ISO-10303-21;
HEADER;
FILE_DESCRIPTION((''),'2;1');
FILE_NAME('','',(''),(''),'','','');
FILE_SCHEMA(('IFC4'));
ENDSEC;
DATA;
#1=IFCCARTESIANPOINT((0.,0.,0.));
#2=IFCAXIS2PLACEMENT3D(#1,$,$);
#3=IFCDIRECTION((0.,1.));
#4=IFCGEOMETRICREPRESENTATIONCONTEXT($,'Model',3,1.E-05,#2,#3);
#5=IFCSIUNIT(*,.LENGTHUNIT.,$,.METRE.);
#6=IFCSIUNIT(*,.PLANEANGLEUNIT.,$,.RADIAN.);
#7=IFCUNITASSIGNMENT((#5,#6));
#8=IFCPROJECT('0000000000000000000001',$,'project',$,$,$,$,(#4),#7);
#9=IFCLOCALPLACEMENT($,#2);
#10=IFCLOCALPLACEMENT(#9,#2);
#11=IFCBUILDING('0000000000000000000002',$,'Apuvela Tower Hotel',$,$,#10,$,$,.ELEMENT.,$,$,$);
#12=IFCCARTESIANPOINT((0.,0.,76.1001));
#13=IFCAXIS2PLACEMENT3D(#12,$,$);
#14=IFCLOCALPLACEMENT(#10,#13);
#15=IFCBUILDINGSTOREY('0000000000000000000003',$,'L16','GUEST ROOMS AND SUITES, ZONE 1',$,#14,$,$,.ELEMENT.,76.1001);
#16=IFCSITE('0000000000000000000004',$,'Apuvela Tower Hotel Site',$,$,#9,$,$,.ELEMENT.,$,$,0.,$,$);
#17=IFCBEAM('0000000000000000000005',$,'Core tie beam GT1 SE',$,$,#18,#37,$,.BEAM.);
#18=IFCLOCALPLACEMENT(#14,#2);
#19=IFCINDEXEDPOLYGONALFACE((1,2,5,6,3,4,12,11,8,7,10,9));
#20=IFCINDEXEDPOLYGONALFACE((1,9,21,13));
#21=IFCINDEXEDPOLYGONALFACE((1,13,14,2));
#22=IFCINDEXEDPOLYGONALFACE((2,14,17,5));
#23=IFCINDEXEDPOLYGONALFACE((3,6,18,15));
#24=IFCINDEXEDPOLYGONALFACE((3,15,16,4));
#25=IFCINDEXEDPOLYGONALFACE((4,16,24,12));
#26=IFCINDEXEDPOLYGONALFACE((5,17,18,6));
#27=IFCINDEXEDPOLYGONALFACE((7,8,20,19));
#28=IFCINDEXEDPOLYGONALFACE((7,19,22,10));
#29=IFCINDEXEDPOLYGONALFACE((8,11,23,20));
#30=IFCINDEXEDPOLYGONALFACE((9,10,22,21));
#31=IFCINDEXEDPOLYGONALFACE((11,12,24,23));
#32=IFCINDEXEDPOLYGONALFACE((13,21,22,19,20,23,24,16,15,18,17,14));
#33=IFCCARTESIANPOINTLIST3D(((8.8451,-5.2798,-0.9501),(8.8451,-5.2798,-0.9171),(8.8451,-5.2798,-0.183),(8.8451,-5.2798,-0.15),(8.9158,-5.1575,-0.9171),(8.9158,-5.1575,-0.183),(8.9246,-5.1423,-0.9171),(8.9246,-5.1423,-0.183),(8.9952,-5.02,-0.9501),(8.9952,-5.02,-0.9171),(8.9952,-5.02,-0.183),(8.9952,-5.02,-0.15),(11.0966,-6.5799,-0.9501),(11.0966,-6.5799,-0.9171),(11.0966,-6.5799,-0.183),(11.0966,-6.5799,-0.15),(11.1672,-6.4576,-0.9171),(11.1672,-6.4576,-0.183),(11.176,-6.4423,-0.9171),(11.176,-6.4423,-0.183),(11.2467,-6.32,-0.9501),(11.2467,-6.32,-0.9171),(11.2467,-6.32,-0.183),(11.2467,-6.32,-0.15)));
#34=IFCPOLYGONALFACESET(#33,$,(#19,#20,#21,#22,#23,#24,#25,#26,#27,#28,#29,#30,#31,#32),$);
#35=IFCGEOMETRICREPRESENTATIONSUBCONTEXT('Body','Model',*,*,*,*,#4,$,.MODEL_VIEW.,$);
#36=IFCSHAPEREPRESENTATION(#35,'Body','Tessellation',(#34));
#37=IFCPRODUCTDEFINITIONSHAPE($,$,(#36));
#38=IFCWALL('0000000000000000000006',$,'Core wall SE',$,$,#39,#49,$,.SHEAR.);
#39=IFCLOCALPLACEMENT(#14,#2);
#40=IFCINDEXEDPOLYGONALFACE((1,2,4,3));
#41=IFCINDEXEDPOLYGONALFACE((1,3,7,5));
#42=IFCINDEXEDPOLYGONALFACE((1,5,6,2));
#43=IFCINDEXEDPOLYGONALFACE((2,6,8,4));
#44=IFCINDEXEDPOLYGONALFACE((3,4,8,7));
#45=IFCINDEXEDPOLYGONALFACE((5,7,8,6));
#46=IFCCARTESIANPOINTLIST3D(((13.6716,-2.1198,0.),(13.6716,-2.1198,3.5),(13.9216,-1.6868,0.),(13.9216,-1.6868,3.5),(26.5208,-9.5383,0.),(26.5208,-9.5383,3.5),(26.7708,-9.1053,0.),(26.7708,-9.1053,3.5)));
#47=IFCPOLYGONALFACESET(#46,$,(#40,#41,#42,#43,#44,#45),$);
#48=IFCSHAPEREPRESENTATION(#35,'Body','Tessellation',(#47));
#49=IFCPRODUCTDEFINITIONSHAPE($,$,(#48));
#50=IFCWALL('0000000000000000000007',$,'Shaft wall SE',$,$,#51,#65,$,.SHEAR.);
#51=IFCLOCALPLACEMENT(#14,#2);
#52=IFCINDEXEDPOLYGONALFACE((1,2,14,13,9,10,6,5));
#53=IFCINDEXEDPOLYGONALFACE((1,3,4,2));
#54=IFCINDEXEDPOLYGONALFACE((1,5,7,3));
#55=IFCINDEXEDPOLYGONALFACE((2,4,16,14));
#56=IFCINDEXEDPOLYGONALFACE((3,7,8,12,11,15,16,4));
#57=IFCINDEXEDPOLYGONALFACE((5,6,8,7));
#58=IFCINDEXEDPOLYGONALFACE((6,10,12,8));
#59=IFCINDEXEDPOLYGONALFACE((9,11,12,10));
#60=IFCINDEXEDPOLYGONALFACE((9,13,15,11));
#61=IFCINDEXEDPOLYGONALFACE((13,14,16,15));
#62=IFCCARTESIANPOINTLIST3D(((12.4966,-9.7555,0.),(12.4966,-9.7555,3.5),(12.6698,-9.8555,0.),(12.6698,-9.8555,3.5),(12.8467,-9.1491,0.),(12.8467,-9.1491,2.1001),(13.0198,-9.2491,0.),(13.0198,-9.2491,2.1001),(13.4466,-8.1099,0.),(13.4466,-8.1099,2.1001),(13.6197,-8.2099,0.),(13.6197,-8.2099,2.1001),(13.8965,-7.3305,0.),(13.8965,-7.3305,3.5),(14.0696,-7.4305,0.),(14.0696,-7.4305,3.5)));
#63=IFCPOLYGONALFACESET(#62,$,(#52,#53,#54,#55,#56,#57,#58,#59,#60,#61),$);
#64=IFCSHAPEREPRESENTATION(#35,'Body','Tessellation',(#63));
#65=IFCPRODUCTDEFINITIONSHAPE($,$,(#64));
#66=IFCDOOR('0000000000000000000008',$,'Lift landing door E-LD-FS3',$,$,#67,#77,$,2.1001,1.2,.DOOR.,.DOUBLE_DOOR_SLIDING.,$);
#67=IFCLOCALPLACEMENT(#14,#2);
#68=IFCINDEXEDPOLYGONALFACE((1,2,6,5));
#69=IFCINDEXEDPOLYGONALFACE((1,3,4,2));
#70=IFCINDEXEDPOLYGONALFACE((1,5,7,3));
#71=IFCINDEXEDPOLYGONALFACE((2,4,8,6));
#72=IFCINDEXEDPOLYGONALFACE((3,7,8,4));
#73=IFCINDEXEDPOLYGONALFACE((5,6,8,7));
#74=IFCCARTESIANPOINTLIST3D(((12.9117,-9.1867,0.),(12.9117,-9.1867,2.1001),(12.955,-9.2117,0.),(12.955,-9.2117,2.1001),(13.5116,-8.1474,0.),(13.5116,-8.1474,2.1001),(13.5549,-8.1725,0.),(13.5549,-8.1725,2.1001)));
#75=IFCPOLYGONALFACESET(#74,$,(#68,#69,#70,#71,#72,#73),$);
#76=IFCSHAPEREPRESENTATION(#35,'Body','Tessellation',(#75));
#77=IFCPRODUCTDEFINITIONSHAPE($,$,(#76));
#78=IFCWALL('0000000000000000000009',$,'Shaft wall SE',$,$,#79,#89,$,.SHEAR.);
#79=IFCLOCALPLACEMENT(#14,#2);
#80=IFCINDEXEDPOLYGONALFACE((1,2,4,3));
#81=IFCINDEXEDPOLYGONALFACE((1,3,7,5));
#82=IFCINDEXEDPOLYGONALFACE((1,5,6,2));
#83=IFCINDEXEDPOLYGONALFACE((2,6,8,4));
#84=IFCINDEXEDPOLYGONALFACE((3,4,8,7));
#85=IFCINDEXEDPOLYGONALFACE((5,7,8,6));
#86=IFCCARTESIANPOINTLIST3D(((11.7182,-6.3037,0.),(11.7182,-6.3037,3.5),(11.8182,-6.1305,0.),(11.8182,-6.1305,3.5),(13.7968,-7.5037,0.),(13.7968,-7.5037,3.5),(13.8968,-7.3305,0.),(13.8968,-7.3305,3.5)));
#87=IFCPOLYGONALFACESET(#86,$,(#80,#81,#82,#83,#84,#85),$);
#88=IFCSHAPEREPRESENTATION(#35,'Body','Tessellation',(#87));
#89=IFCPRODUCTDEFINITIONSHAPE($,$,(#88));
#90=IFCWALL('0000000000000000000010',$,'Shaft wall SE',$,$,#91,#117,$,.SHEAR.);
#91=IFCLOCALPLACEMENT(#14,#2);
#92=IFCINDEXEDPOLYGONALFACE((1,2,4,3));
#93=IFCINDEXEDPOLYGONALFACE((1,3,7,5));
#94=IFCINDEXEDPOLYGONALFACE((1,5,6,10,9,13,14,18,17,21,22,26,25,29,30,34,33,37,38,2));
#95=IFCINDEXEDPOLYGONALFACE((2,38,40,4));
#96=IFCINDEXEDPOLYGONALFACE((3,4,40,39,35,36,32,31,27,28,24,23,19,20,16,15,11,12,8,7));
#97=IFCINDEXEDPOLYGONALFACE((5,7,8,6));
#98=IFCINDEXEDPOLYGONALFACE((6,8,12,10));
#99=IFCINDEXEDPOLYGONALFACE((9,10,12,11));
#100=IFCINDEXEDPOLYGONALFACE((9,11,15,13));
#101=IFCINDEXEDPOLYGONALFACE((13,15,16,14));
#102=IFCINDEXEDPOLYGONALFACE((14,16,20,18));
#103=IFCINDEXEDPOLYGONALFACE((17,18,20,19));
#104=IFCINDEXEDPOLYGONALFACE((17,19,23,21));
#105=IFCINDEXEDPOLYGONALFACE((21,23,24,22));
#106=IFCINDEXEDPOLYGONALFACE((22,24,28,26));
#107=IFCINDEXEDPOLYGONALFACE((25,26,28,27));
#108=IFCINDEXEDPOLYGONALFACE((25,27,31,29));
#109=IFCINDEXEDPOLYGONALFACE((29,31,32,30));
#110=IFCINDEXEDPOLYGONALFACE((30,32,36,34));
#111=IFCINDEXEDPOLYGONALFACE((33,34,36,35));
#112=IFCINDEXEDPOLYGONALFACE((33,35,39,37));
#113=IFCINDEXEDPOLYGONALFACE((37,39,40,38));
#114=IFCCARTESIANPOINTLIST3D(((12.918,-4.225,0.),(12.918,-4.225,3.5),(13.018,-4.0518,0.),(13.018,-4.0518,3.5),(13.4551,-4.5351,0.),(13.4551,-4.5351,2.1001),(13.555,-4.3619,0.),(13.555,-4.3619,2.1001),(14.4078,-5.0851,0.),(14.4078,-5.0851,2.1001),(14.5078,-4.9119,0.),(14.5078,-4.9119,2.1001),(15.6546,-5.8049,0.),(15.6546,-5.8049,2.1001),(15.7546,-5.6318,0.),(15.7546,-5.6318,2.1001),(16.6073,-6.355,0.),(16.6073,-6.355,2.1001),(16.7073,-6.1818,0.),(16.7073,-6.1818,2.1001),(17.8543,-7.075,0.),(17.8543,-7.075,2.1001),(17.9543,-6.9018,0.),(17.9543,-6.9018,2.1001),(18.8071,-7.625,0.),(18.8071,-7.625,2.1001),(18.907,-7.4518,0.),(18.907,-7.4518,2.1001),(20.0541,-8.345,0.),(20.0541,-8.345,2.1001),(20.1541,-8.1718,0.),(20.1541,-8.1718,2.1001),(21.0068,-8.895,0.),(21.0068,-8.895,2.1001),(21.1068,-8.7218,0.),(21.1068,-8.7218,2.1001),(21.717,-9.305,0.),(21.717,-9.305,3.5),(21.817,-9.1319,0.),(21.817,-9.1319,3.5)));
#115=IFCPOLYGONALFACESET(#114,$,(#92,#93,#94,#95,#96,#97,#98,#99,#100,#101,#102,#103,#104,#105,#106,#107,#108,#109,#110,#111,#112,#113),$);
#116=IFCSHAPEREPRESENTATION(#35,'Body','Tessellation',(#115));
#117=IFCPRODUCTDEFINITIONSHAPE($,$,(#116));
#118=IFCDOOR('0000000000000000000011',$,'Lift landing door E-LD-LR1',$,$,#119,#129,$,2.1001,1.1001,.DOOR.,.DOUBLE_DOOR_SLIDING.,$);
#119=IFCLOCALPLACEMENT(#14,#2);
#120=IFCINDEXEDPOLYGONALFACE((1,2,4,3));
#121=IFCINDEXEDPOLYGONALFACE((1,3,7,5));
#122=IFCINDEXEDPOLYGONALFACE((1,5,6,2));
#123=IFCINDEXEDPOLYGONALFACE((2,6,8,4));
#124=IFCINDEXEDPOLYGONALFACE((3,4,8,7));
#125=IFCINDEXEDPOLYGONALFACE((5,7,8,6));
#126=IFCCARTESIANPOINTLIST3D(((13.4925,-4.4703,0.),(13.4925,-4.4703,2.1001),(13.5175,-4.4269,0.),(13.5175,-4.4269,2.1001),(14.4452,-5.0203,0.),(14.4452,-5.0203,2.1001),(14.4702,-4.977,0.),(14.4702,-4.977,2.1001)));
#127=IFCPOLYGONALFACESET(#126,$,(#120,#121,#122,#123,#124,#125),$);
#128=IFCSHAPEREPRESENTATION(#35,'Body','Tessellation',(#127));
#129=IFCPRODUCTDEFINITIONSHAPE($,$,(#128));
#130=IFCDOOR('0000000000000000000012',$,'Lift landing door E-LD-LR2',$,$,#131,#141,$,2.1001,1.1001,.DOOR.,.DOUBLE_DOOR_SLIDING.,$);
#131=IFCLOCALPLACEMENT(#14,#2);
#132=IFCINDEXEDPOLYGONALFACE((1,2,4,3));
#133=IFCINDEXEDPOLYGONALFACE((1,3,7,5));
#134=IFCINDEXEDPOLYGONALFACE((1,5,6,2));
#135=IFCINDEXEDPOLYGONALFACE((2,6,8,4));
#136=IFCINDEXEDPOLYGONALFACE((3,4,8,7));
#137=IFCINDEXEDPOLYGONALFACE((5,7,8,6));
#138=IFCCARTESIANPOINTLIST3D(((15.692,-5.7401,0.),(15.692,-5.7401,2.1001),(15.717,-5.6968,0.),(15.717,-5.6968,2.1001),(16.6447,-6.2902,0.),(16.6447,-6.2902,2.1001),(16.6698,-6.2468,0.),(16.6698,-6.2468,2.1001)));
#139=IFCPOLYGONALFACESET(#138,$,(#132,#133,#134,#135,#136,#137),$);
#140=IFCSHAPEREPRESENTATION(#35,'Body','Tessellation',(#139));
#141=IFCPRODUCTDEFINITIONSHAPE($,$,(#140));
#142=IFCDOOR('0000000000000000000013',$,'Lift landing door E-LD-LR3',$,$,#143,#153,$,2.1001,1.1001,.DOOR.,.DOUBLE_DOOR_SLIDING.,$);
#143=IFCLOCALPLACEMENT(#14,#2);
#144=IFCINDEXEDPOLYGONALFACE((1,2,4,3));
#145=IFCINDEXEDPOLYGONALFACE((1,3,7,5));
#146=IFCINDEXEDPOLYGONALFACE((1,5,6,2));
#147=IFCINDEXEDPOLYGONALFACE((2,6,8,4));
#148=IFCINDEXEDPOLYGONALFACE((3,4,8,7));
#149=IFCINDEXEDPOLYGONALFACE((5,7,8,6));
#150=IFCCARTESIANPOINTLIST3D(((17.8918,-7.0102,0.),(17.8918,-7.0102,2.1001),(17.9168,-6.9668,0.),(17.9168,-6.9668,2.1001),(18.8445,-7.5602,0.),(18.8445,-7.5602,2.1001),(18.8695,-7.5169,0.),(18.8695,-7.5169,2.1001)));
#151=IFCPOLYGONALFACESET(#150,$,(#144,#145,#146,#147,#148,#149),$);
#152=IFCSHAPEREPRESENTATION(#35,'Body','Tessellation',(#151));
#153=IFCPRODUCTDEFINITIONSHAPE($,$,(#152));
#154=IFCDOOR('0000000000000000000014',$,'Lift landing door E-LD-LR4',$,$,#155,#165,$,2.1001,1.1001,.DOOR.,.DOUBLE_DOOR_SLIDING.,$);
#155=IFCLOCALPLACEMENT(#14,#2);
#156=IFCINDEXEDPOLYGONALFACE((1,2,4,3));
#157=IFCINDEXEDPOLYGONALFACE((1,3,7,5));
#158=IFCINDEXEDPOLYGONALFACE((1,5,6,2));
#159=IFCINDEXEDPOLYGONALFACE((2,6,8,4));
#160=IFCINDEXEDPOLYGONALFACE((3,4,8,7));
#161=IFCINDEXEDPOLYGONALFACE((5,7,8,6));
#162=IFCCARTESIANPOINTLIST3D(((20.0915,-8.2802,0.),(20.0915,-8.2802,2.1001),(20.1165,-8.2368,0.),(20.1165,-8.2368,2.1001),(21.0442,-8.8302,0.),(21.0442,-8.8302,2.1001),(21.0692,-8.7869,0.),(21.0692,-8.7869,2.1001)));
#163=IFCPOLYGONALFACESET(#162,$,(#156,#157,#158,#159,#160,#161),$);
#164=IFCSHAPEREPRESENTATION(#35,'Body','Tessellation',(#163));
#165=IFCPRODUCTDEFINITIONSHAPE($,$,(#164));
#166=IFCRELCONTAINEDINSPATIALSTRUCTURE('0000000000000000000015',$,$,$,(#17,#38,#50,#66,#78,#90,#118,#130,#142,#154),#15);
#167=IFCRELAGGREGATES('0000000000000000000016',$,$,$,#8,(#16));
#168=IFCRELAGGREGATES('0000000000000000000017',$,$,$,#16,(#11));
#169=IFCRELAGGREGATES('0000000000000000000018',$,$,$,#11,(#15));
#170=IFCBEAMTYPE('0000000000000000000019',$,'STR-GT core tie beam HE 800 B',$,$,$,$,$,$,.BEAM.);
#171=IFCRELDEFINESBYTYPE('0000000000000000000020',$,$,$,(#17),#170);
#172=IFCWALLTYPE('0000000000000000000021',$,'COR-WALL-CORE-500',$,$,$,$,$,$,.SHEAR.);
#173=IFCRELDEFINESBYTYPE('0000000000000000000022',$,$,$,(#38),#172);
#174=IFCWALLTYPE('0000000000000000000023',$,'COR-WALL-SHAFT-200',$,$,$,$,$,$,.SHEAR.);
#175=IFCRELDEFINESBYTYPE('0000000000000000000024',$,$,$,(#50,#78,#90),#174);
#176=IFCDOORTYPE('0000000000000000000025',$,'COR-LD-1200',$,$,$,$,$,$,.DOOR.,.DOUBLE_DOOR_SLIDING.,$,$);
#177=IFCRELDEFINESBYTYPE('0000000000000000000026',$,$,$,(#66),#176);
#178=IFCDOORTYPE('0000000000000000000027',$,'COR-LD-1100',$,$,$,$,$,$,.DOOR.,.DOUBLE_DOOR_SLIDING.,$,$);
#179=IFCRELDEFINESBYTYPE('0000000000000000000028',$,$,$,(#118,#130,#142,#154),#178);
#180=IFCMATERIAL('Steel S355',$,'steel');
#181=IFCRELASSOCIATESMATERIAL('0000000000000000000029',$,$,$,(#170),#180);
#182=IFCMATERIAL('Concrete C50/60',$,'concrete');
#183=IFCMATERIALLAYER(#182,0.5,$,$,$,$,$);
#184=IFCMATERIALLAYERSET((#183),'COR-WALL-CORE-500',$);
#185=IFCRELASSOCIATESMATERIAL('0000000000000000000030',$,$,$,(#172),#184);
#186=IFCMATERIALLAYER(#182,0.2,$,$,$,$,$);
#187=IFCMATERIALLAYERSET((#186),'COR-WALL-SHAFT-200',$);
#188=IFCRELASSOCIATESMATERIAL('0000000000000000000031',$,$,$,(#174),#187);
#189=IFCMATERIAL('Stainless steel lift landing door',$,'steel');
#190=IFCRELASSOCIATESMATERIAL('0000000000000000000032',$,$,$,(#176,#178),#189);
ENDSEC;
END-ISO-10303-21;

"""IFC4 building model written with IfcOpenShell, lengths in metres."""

from ifc_helpers import new_model, si_unit, direction, frame, frame_2d, origin, origin_2d, place, context, subcontext, project, spatial, rectangle, i_section, extrude, material, layer, layer_set, material_profile, profile_set, type_object, element, fill, save


model = new_model("IFC4")

# Units and contexts
model_context = context("Model", 3, precision=1e-05, world=origin(), true_north=direction((0.0, 1.0)))
body_context = subcontext(model_context, "Body", "Model", "MODEL_VIEW")
ifc_project = project(units=[si_unit("LENGTHUNIT", "METRE"), si_unit("PLANEANGLEUNIT", "RADIAN")], contexts=[model_context])

# Site, building, storey
site_placement = place(None, origin())
site = spatial("IfcSite", under=ifc_project, at=site_placement, Name="Apuvela Tower Hotel Site", CompositionType="ELEMENT", RefElevation=0.0)
building_placement = place(site_placement, origin())
building = spatial("IfcBuilding", under=site, at=building_placement, Name="Apuvela Tower Hotel", CompositionType="ELEMENT")
storey_placement = place(building_placement, frame((0.0, 0.0, 76.1001)))
storey = spatial("IfcBuildingStorey", under=building, at=storey_placement, Name="L16", Description="GUEST ROOMS AND SUITES, ZONE 1", CompositionType="ELEMENT", Elevation=76.1001)

# Beam
ifc_material_1 = material(Name="Steel S355", Category="steel")
ifc_material_profile = material_profile(ifc_material_1, i_section(OverallWidth=0.3, OverallDepth=0.8, WebThickness=0.0176, FlangeThickness=0.033, at=origin_2d()), Name="HE 800 B")
ifc_profile_set = profile_set([ifc_material_profile], Name="Steel S355")
beam_type = type_object("IfcBeamType", Name="STR-GT core tie beam HE 800 B", PredefinedType="BEAM", material=ifc_profile_set)
beam_placement = place(storey_placement, frame((11.1716, -6.45, -0.55), z_axis=(-0.865998, 0.500048, 0.0), x_axis=(-0.500048, -0.865998, 0.0)))
element("IfcBeam", 1, at=beam_placement, inside=storey, type_object=beam_type, Name="Core tie beam GT1 SE", PredefinedType="BEAM", context=body_context, shape_type="SweptSolid", body=[
    extrude(i_section(OverallWidth=0.3, OverallDepth=0.8, WebThickness=0.0176, FlangeThickness=0.033, at=origin_2d()), origin(), (0.0, 0.0, 1.0), 2.5999),
])

# Wall
ifc_material_2 = material(Name="Concrete C50/60", Category="concrete")
ifc_layer_1 = layer(ifc_material_2, 0.5)
ifc_layer_set_1 = layer_set([ifc_layer_1], Name="COR-WALL-CORE-500")
wall_type_1 = type_object("IfcWallType", Name="COR-WALL-CORE-500", PredefinedType="SHEAR", material=ifc_layer_set_1)
wall_1_placement = place(storey_placement, frame((13.7966, -1.9033, 0.0), z_axis=(0.0, 0.0, 1.0), x_axis=(0.866025, -0.500001, 0.0)))
element("IfcWall", 2, at=wall_1_placement, inside=storey, type_object=wall_type_1, Name="Core wall SE", PredefinedType="SHEAR", context=body_context, shape_type="SweptSolid", body=[
    extrude(rectangle(XDim=14.8369, YDim=0.5, at=frame_2d((7.4185, 0.0))), origin(), (0.0, 0.0, 1.0), 3.5),
])

# Wall, opening, door
ifc_layer_2 = layer(ifc_material_2, 0.2)
ifc_layer_set_2 = layer_set([ifc_layer_2], Name="COR-WALL-SHAFT-200")
wall_type_2 = type_object("IfcWallType", Name="COR-WALL-SHAFT-200", PredefinedType="SHEAR", material=ifc_layer_set_2)
wall_2_placement = place(storey_placement, frame((12.5833, -9.8054, 0.0), z_axis=(0.0, 0.0, 1.0), x_axis=(0.499946, 0.866056, 0.0)))
wall_2 = element("IfcWall", 3, at=wall_2_placement, inside=storey, type_object=wall_type_2, Name="Shaft wall SE", PredefinedType="SHEAR", context=body_context, shape_type="SweptSolid", body=[
    extrude(rectangle(XDim=2.8, YDim=0.2, at=frame_2d((1.3999, 0.0))), origin(), (0.0, 0.0, 1.0), 3.5),
])
opening_1_placement = place(wall_2_placement, frame((0.7, 0.0, 0.0)))
opening_1 = element("IfcOpeningElement", 4, at=opening_1_placement, cuts=wall_2, PredefinedType="OPENING", context=body_context, shape_type="SweptSolid", body=[
    extrude(rectangle(XDim=1.2, YDim=2.1001, at=frame_2d((0.6001, 1.05))), frame((0.0, 0.1099, 0.0), z_axis=(0.0, -1.0, 0.0), x_axis=(1.0, 0.0, 0.0)), (0.0, 0.0, 1.0), 0.22),
])
ifc_material_3 = material(Name="Stainless steel lift landing door", Category="steel")
door_type_1 = type_object("IfcDoorType", Name="COR-LD-1200", OperationType="DOUBLE_DOOR_SLIDING", PredefinedType="DOOR", material=ifc_material_3)
door_1_placement = place(opening_1_placement, origin())
door_1 = element("IfcDoor", 5, at=door_1_placement, inside=storey, type_object=door_type_1, Name="Lift landing door E-LD-FS3", OperationType="DOUBLE_DOOR_SLIDING", OverallHeight=2.1001, OverallWidth=1.2, PredefinedType="DOOR", context=body_context, shape_type="SweptSolid", body=[
    extrude(rectangle(XDim=1.2, YDim=2.1001, at=frame_2d((0.6001, 1.05))), frame((0.0, 0.0249, 0.0), z_axis=(0.0, -1.0, 0.0), x_axis=(1.0, 0.0, 0.0)), (0.0, 0.0, 1.0), 0.05),
])
fill(opening_1, door_1)

# Wall
wall_3_placement = place(storey_placement, frame((11.7681, -6.217, 0.0), z_axis=(0.0, 0.0, 1.0), x_axis=(0.86605, -0.499957, 0.0)))
element("IfcWall", 6, at=wall_3_placement, inside=storey, type_object=wall_type_2, Name="Shaft wall SE", PredefinedType="SHEAR", context=body_context, shape_type="SweptSolid", body=[
    extrude(rectangle(XDim=2.4001, YDim=0.2, at=frame_2d((1.2002, 0.0))), origin(), (0.0, 0.0, 1.0), 3.5),
])

# Wall, openings, doors
wall_4_placement = place(storey_placement, frame((12.968, -4.1384, 0.0), z_axis=(0.0, 0.0, 1.0), x_axis=(0.866028, -0.499995, 0.0)))
wall_4 = element("IfcWall", 7, at=wall_4_placement, inside=storey, type_object=wall_type_2, Name="Shaft wall SE", PredefinedType="SHEAR", context=body_context, shape_type="SweptSolid", body=[
    extrude(rectangle(XDim=10.1602, YDim=0.2, at=frame_2d((5.0801, 0.0))), origin(), (0.0, 0.0, 1.0), 3.5),
])
opening_2_placement = place(wall_4_placement, frame((0.6201, 0.0, 0.0)))
opening_2 = element("IfcOpeningElement", 8, at=opening_2_placement, cuts=wall_4, PredefinedType="OPENING", context=body_context, shape_type="SweptSolid", body=[
    extrude(rectangle(XDim=1.1001, YDim=2.1001, at=frame_2d((0.55, 1.05))), frame((0.0, 0.1099, 0.0), z_axis=(0.0, -1.0, 0.0), x_axis=(1.0, 0.0, 0.0)), (0.0, 0.0, 1.0), 0.22),
])
opening_3_placement = place(wall_4_placement, frame((3.1599, 0.0, 0.0)))
opening_3 = element("IfcOpeningElement", 9, at=opening_3_placement, cuts=wall_4, PredefinedType="OPENING", context=body_context, shape_type="SweptSolid", body=[
    extrude(rectangle(XDim=1.1001, YDim=2.1001, at=frame_2d((0.55, 1.05))), frame((0.0, 0.1099, 0.0), z_axis=(0.0, -1.0, 0.0), x_axis=(1.0, 0.0, 0.0)), (0.0, 0.0, 1.0), 0.22),
])
opening_4_placement = place(wall_4_placement, frame((5.7, 0.0, 0.0)))
opening_4 = element("IfcOpeningElement", 10, at=opening_4_placement, cuts=wall_4, PredefinedType="OPENING", context=body_context, shape_type="SweptSolid", body=[
    extrude(rectangle(XDim=1.1001, YDim=2.1001, at=frame_2d((0.55, 1.05))), frame((0.0, 0.1099, 0.0), z_axis=(0.0, -1.0, 0.0), x_axis=(1.0, 0.0, 0.0)), (0.0, 0.0, 1.0), 0.22),
])
opening_5_placement = place(wall_4_placement, frame((8.24, 0.0, 0.0)))
opening_5 = element("IfcOpeningElement", 11, at=opening_5_placement, cuts=wall_4, PredefinedType="OPENING", context=body_context, shape_type="SweptSolid", body=[
    extrude(rectangle(XDim=1.1001, YDim=2.1001, at=frame_2d((0.55, 1.05))), frame((0.0, 0.1099, 0.0), z_axis=(0.0, -1.0, 0.0), x_axis=(1.0, 0.0, 0.0)), (0.0, 0.0, 1.0), 0.22),
])
door_type_2 = type_object("IfcDoorType", Name="COR-LD-1100", OperationType="DOUBLE_DOOR_SLIDING", PredefinedType="DOOR", material=ifc_material_3)
door_2_placement = place(opening_2_placement, origin())
door_2 = element("IfcDoor", 12, at=door_2_placement, inside=storey, type_object=door_type_2, Name="Lift landing door E-LD-LR1", OperationType="DOUBLE_DOOR_SLIDING", OverallHeight=2.1001, OverallWidth=1.1001, PredefinedType="DOOR", context=body_context, shape_type="SweptSolid", body=[
    extrude(rectangle(XDim=1.1001, YDim=2.1001, at=frame_2d((0.55, 1.05))), frame((0.0, 0.0249, 0.0), z_axis=(0.0, -1.0, 0.0), x_axis=(1.0, 0.0, 0.0)), (0.0, 0.0, 1.0), 0.05),
])
fill(opening_2, door_2)
door_3_placement = place(opening_3_placement, origin())
door_3 = element("IfcDoor", 13, at=door_3_placement, inside=storey, type_object=door_type_2, Name="Lift landing door E-LD-LR2", OperationType="DOUBLE_DOOR_SLIDING", OverallHeight=2.1001, OverallWidth=1.1001, PredefinedType="DOOR", context=body_context, shape_type="SweptSolid", body=[
    extrude(rectangle(XDim=1.1001, YDim=2.1001, at=frame_2d((0.55, 1.05))), frame((0.0, 0.0249, 0.0), z_axis=(0.0, -1.0, 0.0), x_axis=(1.0, 0.0, 0.0)), (0.0, 0.0, 1.0), 0.05),
])
fill(opening_3, door_3)
door_4_placement = place(opening_4_placement, origin())
door_4 = element("IfcDoor", 14, at=door_4_placement, inside=storey, type_object=door_type_2, Name="Lift landing door E-LD-LR3", OperationType="DOUBLE_DOOR_SLIDING", OverallHeight=2.1001, OverallWidth=1.1001, PredefinedType="DOOR", context=body_context, shape_type="SweptSolid", body=[
    extrude(rectangle(XDim=1.1001, YDim=2.1001, at=frame_2d((0.55, 1.05))), frame((0.0, 0.0249, 0.0), z_axis=(0.0, -1.0, 0.0), x_axis=(1.0, 0.0, 0.0)), (0.0, 0.0, 1.0), 0.05),
])
fill(opening_4, door_4)
door_5_placement = place(opening_5_placement, origin())
door_5 = element("IfcDoor", 15, at=door_5_placement, inside=storey, type_object=door_type_2, Name="Lift landing door E-LD-LR4", OperationType="DOUBLE_DOOR_SLIDING", OverallHeight=2.1001, OverallWidth=1.1001, PredefinedType="DOOR", context=body_context, shape_type="SweptSolid", body=[
    extrude(rectangle(XDim=1.1001, YDim=2.1001, at=frame_2d((0.55, 1.05))), frame((0.0, 0.0249, 0.0), z_axis=(0.0, -1.0, 0.0), x_axis=(1.0, 0.0, 0.0)), (0.0, 0.0, 1.0), 0.05),
])
fill(opening_5, door_5)

save(model, "model.ifc")
